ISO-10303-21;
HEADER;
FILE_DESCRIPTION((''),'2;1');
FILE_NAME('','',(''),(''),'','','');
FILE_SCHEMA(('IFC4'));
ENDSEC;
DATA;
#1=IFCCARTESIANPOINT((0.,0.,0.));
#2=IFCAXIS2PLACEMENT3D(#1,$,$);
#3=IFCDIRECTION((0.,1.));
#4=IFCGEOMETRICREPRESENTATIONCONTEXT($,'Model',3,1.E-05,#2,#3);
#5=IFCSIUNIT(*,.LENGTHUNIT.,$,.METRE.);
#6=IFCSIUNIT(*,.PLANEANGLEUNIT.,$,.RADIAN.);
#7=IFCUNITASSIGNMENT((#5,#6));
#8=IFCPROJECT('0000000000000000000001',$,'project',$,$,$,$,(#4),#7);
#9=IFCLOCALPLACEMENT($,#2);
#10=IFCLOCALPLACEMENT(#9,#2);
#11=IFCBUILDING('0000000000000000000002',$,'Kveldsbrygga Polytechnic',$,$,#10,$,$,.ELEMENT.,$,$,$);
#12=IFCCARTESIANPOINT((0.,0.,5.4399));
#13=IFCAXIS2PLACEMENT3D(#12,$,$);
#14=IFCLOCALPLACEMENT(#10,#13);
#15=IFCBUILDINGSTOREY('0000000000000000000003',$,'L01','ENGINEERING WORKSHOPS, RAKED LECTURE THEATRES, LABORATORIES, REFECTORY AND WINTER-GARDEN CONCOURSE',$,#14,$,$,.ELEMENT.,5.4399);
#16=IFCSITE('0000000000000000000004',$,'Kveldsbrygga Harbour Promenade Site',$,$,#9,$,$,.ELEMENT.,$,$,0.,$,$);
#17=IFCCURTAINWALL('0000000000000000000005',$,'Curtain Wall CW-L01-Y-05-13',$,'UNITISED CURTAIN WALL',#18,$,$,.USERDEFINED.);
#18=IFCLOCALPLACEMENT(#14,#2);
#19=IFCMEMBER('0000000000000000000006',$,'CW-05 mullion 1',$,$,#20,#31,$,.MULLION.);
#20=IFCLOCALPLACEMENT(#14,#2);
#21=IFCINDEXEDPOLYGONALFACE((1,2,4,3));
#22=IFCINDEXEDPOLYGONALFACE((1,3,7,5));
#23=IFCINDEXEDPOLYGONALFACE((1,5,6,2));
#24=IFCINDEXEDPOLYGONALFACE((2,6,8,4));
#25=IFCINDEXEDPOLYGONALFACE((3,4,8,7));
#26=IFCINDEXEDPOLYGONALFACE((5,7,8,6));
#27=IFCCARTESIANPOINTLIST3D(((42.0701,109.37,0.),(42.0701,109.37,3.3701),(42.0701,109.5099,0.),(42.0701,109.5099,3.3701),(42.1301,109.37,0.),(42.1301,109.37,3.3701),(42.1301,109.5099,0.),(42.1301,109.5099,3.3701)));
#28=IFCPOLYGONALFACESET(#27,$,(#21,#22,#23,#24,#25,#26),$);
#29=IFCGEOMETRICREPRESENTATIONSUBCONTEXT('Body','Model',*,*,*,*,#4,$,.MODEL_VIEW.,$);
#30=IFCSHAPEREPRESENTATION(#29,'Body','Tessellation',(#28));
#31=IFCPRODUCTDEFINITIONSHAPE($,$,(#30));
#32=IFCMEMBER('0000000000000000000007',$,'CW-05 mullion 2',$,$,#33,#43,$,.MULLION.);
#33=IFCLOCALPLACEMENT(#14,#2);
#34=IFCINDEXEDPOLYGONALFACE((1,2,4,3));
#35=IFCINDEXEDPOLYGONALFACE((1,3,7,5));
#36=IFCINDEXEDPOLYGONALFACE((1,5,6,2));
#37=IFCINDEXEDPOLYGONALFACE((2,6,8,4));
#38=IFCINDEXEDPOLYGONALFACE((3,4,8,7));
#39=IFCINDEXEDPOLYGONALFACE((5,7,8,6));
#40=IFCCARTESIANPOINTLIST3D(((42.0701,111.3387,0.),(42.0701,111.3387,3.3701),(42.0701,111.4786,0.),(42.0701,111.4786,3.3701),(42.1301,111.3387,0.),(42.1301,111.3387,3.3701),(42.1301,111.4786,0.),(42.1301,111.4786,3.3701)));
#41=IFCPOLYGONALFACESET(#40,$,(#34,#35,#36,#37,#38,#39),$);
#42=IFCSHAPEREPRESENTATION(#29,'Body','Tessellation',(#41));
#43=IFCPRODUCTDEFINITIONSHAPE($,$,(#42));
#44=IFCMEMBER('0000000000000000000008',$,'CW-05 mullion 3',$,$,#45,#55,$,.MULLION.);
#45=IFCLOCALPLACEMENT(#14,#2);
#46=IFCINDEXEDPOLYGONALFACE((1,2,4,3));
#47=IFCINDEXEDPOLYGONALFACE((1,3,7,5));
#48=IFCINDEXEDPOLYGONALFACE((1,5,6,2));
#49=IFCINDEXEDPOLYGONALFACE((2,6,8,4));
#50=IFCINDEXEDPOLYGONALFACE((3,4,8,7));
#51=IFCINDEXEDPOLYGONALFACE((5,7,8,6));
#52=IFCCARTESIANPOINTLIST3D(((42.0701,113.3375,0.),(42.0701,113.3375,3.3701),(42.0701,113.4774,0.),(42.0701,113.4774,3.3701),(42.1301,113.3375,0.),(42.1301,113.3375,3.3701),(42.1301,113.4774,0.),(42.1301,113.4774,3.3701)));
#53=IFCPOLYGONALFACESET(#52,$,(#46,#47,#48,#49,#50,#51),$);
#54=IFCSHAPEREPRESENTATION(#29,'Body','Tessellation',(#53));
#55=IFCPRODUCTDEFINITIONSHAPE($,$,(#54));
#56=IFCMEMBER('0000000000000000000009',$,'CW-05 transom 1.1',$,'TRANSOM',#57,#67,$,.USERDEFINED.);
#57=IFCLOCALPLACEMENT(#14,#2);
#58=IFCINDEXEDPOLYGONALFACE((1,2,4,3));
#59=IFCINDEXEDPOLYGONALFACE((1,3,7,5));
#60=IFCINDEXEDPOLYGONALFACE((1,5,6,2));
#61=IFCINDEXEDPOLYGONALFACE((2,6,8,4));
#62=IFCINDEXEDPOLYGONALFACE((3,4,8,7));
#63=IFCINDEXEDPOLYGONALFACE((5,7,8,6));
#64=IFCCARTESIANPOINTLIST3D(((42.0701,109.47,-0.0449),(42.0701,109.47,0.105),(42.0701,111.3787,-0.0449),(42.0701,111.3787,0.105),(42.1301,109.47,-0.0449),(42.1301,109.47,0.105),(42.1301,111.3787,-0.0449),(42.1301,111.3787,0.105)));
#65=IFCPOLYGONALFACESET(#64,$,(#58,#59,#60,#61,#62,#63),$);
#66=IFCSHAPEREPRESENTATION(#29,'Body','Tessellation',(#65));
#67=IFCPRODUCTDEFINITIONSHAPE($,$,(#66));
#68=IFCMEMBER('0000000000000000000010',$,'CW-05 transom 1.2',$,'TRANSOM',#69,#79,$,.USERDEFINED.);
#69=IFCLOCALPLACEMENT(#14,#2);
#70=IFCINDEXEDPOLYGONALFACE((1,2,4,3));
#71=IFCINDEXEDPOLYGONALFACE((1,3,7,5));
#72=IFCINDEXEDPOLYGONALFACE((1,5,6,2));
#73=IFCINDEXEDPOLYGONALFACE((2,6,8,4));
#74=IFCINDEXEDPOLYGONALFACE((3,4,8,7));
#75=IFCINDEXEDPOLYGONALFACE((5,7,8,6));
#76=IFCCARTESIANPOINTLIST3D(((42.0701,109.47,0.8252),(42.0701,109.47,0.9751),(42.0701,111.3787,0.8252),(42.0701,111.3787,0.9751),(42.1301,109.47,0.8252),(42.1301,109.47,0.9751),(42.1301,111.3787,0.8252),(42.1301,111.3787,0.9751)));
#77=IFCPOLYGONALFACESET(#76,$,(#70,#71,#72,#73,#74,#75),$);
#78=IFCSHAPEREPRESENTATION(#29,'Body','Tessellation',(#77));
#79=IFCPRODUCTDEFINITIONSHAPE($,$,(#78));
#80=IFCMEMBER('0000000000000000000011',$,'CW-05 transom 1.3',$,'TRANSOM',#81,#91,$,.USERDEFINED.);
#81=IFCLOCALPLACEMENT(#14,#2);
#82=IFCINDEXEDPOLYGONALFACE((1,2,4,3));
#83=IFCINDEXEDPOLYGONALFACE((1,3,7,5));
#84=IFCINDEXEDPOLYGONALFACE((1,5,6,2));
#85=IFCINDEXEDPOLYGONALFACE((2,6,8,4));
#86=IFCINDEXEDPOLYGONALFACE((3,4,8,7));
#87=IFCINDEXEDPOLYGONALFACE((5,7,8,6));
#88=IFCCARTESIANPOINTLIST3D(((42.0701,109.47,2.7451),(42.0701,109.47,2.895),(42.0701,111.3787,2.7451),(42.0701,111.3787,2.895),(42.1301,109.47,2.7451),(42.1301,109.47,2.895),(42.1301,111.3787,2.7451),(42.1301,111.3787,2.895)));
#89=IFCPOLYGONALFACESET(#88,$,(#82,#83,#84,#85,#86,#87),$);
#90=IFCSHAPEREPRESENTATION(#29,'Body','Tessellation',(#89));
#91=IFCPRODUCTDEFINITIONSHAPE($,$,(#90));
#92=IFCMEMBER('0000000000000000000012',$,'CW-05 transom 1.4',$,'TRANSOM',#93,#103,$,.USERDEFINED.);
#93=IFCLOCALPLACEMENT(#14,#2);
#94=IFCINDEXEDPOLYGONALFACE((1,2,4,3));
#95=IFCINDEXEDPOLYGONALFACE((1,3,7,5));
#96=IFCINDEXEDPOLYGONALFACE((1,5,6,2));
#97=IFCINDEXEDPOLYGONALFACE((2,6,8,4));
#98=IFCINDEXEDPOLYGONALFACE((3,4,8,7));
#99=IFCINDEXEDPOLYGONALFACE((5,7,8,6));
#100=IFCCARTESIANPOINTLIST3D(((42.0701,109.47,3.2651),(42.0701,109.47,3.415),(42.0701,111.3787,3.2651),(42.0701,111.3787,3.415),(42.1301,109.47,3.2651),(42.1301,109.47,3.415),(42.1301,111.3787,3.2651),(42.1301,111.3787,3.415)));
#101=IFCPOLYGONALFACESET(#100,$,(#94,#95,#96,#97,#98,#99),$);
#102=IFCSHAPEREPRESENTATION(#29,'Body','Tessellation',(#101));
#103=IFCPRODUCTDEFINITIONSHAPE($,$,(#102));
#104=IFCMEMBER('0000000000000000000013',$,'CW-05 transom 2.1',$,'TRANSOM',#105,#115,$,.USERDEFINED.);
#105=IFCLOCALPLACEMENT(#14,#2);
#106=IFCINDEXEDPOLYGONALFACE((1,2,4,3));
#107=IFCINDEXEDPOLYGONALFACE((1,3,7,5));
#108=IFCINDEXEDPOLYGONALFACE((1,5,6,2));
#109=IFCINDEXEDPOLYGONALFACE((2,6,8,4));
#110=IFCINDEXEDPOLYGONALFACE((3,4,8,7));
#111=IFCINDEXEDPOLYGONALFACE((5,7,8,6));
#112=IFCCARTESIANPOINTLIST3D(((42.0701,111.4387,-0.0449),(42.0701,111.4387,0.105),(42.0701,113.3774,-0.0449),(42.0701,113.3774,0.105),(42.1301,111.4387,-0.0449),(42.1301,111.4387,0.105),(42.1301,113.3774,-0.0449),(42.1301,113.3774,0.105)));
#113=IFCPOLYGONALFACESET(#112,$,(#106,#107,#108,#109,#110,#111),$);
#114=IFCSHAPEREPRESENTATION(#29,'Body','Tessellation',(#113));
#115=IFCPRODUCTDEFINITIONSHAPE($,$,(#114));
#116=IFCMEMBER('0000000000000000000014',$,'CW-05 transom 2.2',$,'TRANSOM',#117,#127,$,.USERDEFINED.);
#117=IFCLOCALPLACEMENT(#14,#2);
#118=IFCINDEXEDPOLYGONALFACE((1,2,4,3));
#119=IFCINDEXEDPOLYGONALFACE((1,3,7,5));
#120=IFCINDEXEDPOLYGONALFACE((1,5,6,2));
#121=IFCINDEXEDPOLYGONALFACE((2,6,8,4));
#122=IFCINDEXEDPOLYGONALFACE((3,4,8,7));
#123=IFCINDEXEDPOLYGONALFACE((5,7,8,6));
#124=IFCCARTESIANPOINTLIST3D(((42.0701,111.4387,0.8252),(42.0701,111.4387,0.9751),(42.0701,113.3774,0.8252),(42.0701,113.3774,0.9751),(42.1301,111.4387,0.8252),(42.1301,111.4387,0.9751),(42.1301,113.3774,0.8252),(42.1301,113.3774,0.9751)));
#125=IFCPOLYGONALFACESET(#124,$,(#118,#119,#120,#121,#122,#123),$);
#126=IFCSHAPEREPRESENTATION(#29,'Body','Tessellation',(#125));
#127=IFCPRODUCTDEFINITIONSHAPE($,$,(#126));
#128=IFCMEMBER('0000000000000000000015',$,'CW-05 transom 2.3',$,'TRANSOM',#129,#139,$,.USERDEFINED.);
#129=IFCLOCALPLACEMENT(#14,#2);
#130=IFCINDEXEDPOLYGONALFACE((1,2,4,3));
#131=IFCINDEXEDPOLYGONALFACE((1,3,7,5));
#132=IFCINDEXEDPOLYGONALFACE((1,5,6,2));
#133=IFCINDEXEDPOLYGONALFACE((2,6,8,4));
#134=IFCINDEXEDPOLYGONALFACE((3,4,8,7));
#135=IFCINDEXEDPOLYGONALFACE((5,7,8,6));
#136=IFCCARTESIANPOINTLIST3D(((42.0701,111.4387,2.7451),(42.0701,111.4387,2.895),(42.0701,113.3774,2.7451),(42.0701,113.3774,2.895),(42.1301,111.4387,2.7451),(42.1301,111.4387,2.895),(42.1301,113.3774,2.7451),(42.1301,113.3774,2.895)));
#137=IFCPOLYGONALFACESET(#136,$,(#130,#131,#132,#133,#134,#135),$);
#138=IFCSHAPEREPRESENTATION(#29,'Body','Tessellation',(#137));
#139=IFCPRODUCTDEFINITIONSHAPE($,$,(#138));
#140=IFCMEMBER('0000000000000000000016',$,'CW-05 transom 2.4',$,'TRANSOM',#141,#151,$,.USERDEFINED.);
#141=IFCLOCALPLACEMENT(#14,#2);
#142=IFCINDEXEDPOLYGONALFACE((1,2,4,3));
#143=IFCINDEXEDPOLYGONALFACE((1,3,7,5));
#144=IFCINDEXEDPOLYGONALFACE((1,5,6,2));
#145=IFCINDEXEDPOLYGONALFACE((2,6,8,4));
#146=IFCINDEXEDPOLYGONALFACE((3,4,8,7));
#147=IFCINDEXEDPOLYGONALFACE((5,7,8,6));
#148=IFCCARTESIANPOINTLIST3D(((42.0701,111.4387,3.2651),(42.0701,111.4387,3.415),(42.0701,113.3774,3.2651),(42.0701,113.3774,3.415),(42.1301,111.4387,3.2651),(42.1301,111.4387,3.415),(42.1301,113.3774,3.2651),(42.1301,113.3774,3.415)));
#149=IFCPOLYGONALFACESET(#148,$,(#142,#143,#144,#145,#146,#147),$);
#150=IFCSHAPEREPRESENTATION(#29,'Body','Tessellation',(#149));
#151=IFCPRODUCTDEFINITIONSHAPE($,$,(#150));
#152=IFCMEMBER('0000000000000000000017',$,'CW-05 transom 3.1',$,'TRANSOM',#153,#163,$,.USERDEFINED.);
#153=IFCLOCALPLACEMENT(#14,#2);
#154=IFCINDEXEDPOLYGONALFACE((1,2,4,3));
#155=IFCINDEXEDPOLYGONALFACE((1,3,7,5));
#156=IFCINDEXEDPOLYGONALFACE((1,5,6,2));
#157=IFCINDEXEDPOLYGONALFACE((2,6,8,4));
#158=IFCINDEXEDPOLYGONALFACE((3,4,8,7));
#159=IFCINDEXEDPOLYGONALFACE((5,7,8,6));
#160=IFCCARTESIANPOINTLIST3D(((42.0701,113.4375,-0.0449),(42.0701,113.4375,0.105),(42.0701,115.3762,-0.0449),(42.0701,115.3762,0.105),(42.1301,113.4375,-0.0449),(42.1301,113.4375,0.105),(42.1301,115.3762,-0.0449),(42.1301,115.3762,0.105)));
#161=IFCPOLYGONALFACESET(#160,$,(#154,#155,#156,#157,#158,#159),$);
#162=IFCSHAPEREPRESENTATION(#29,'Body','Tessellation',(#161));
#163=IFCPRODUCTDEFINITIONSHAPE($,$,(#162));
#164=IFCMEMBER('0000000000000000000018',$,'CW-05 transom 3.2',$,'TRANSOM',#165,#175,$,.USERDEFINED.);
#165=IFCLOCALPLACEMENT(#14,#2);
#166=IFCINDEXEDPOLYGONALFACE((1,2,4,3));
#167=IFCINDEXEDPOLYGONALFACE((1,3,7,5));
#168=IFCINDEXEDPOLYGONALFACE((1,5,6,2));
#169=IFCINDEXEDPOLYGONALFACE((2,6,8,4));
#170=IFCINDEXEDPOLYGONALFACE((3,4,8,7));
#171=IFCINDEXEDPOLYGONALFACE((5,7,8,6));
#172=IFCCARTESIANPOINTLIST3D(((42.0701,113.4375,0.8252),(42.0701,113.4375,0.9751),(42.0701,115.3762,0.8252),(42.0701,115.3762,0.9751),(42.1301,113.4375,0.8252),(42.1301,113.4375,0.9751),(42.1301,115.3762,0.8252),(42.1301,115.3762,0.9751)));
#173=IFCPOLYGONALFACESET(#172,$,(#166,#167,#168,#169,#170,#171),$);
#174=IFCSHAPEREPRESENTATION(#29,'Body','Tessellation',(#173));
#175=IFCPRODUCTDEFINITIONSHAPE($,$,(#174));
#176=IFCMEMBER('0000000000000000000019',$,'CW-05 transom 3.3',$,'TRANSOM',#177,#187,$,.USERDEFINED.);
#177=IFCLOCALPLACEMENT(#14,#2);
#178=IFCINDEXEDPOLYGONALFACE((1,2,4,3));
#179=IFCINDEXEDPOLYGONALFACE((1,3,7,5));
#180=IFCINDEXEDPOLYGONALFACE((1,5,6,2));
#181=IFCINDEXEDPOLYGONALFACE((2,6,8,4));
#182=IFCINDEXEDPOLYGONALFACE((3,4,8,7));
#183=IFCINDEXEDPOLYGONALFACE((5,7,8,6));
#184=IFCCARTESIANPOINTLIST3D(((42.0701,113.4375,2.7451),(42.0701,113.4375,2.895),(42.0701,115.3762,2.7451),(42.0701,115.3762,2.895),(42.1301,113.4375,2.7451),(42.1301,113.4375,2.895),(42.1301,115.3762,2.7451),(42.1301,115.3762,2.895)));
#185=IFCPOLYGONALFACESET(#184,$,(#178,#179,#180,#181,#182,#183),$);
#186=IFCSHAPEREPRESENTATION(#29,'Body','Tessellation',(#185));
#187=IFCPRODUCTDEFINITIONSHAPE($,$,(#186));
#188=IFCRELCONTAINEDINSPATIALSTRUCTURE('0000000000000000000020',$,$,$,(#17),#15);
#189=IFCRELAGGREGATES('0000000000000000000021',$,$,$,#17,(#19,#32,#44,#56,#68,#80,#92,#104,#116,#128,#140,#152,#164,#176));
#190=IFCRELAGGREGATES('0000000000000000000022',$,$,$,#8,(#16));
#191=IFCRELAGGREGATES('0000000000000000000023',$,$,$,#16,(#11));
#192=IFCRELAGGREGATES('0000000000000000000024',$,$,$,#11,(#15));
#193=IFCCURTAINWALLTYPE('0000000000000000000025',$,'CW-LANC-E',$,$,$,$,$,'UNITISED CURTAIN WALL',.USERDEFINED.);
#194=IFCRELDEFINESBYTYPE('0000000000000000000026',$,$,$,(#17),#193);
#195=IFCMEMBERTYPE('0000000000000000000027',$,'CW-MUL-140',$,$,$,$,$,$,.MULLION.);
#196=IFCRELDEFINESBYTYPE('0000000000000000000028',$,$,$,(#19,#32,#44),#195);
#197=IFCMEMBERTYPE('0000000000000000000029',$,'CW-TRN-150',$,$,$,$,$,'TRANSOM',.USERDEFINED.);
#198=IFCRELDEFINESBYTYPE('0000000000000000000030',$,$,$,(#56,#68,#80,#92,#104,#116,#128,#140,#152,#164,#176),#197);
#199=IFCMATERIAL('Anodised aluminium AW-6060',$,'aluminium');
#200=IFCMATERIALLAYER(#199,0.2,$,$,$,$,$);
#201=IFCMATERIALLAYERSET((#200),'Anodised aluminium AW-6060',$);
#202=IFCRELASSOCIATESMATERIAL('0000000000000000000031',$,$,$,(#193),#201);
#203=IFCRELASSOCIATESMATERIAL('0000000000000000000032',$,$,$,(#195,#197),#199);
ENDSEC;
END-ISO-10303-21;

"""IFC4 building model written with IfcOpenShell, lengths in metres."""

from ifc_helpers import new_model, si_unit, direction, frame, origin, origin_2d, place, context, subcontext, project, spatial, rectangle, extrude, material, layer, layer_set, material_profile, profile_set, type_object, element, aggregate, save


model = new_model("IFC4")

# Units and contexts
model_context = context("Model", 3, precision=1e-05, world=origin(), true_north=direction((0.0, 1.0)))
body_context = subcontext(model_context, "Body", "Model", "MODEL_VIEW")
ifc_project = project(units=[si_unit("LENGTHUNIT", "METRE"), si_unit("PLANEANGLEUNIT", "RADIAN")], contexts=[model_context])

# Site, building, storey
site_placement = place(None, origin())
site = spatial("IfcSite", under=ifc_project, at=site_placement, Name="Kveldsbrygga Harbour Promenade Site", CompositionType="ELEMENT", RefElevation=0.0)
building_placement = place(site_placement, origin())
building = spatial("IfcBuilding", under=site, at=building_placement, Name="Kveldsbrygga Polytechnic", CompositionType="ELEMENT")
storey_placement = place(building_placement, frame((0.0, 0.0, 5.4399)))
storey = spatial("IfcBuildingStorey", under=building, at=storey_placement, Name="L01", Description="ENGINEERING WORKSHOPS, RAKED LECTURE THEATRES, LABORATORIES, REFECTORY AND WINTER-GARDEN CONCOURSE", CompositionType="ELEMENT", Elevation=5.4399)

# Curtain wall, members
ifc_material_1 = material(Name="Anodised aluminium AW-6060", Category="aluminium")
ifc_layer_1 = layer(ifc_material_1, 0.2)
ifc_layer_set_1 = layer_set([ifc_layer_1], Name="Anodised aluminium AW-6060")
curtain_wall_type = type_object("IfcCurtainWallType", Name="CW-LANC-E", ElementType="UNITISED CURTAIN WALL", PredefinedType="USERDEFINED", material=ifc_layer_set_1)
curtain_wall_placement = place(storey_placement, origin())
curtain_wall = element("IfcCurtainWall", 1, at=curtain_wall_placement, inside=storey, type_object=curtain_wall_type, Name="Curtain Wall CW-L01-Y-05-13", ObjectType="UNITISED CURTAIN WALL", PredefinedType="USERDEFINED")
ifc_material_profile_1 = material_profile(ifc_material_1, rectangle(XDim=0.0601, YDim=0.1399, at=origin_2d()), Name="ALU 60x140")
ifc_profile_set_1 = profile_set([ifc_material_profile_1], Name="Anodised aluminium AW-6060")
member_type_1 = type_object("IfcMemberType", Name="CW-MUL-140", PredefinedType="MULLION", material=ifc_profile_set_1)
member_1_placement = place(storey_placement, frame((42.1001, 109.4399, 0.0), z_axis=(0.0, 0.0, 1.0), x_axis=(-1.0, 0.0, 0.0)))
member_1 = element("IfcMember", 2, at=member_1_placement, type_object=member_type_1, Name="CW-05 mullion 1", PredefinedType="MULLION", context=body_context, shape_type="SweptSolid", body=[
    extrude(rectangle(XDim=0.0601, YDim=0.1399, at=origin_2d()), origin(), (0.0, 0.0, 1.0), 3.3701),
])
member_2_placement = place(storey_placement, frame((42.1001, 111.4087, 0.0), z_axis=(0.0, 0.0, 1.0), x_axis=(-1.0, 0.0, 0.0)))
member_2 = element("IfcMember", 3, at=member_2_placement, type_object=member_type_1, Name="CW-05 mullion 2", PredefinedType="MULLION", context=body_context, shape_type="SweptSolid", body=[
    extrude(rectangle(XDim=0.0601, YDim=0.1399, at=origin_2d()), origin(), (0.0, 0.0, 1.0), 3.3701),
])
member_3_placement = place(storey_placement, frame((42.1001, 113.4075, 0.0), z_axis=(0.0, 0.0, 1.0), x_axis=(-1.0, 0.0, 0.0)))
member_3 = element("IfcMember", 4, at=member_3_placement, type_object=member_type_1, Name="CW-05 mullion 3", PredefinedType="MULLION", context=body_context, shape_type="SweptSolid", body=[
    extrude(rectangle(XDim=0.0601, YDim=0.1399, at=origin_2d()), origin(), (0.0, 0.0, 1.0), 3.3701),
])
ifc_material_profile_2 = material_profile(ifc_material_1, rectangle(XDim=0.0601, YDim=0.1499, at=origin_2d()), Name="ALU 60x150")
ifc_profile_set_2 = profile_set([ifc_material_profile_2], Name="Anodised aluminium AW-6060")
member_type_2 = type_object("IfcMemberType", Name="CW-TRN-150", ElementType="TRANSOM", PredefinedType="USERDEFINED", material=ifc_profile_set_2)
member_4_placement = place(storey_placement, frame((42.1001, 109.47, 0.03), z_axis=(0.0, 1.0, 0.0), x_axis=(-1.0, 0.0, 0.0)))
member_4 = element("IfcMember", 5, at=member_4_placement, type_object=member_type_2, Name="CW-05 transom 1.1", ObjectType="TRANSOM", PredefinedType="USERDEFINED", context=body_context, shape_type="SweptSolid", body=[
    extrude(rectangle(XDim=0.0601, YDim=0.1499, at=origin_2d()), origin(), (0.0, 0.0, 1.0), 1.9087),
])
member_5_placement = place(storey_placement, frame((42.1001, 109.47, 0.9001), z_axis=(0.0, 1.0, 0.0), x_axis=(-1.0, 0.0, 0.0)))
member_5 = element("IfcMember", 6, at=member_5_placement, type_object=member_type_2, Name="CW-05 transom 1.2", ObjectType="TRANSOM", PredefinedType="USERDEFINED", context=body_context, shape_type="SweptSolid", body=[
    extrude(rectangle(XDim=0.0601, YDim=0.1499, at=origin_2d()), origin(), (0.0, 0.0, 1.0), 1.9087),
])
member_6_placement = place(storey_placement, frame((42.1001, 109.47, 2.8201), z_axis=(0.0, 1.0, 0.0), x_axis=(-1.0, 0.0, 0.0)))
member_6 = element("IfcMember", 7, at=member_6_placement, type_object=member_type_2, Name="CW-05 transom 1.3", ObjectType="TRANSOM", PredefinedType="USERDEFINED", context=body_context, shape_type="SweptSolid", body=[
    extrude(rectangle(XDim=0.0601, YDim=0.1499, at=origin_2d()), origin(), (0.0, 0.0, 1.0), 1.9087),
])
member_7_placement = place(storey_placement, frame((42.1001, 109.47, 3.3401), z_axis=(0.0, 1.0, 0.0), x_axis=(-1.0, 0.0, 0.0)))
member_7 = element("IfcMember", 8, at=member_7_placement, type_object=member_type_2, Name="CW-05 transom 1.4", ObjectType="TRANSOM", PredefinedType="USERDEFINED", context=body_context, shape_type="SweptSolid", body=[
    extrude(rectangle(XDim=0.0601, YDim=0.1499, at=origin_2d()), origin(), (0.0, 0.0, 1.0), 1.9087),
])
member_8_placement = place(storey_placement, frame((42.1001, 111.4387, 0.03), z_axis=(0.0, 1.0, 0.0), x_axis=(-1.0, 0.0, 0.0)))
member_8 = element("IfcMember", 9, at=member_8_placement, type_object=member_type_2, Name="CW-05 transom 2.1", ObjectType="TRANSOM", PredefinedType="USERDEFINED", context=body_context, shape_type="SweptSolid", body=[
    extrude(rectangle(XDim=0.0601, YDim=0.1499, at=origin_2d()), origin(), (0.0, 0.0, 1.0), 1.9387),
])
member_9_placement = place(storey_placement, frame((42.1001, 111.4387, 0.9001), z_axis=(0.0, 1.0, 0.0), x_axis=(-1.0, 0.0, 0.0)))
member_9 = element("IfcMember", 10, at=member_9_placement, type_object=member_type_2, Name="CW-05 transom 2.2", ObjectType="TRANSOM", PredefinedType="USERDEFINED", context=body_context, shape_type="SweptSolid", body=[
    extrude(rectangle(XDim=0.0601, YDim=0.1499, at=origin_2d()), origin(), (0.0, 0.0, 1.0), 1.9387),
])
member_10_placement = place(storey_placement, frame((42.1001, 111.4387, 2.8201), z_axis=(0.0, 1.0, 0.0), x_axis=(-1.0, 0.0, 0.0)))
member_10 = element("IfcMember", 11, at=member_10_placement, type_object=member_type_2, Name="CW-05 transom 2.3", ObjectType="TRANSOM", PredefinedType="USERDEFINED", context=body_context, shape_type="SweptSolid", body=[
    extrude(rectangle(XDim=0.0601, YDim=0.1499, at=origin_2d()), origin(), (0.0, 0.0, 1.0), 1.9387),
])
member_11_placement = place(storey_placement, frame((42.1001, 111.4387, 3.3401), z_axis=(0.0, 1.0, 0.0), x_axis=(-1.0, 0.0, 0.0)))
member_11 = element("IfcMember", 12, at=member_11_placement, type_object=member_type_2, Name="CW-05 transom 2.4", ObjectType="TRANSOM", PredefinedType="USERDEFINED", context=body_context, shape_type="SweptSolid", body=[
    extrude(rectangle(XDim=0.0601, YDim=0.1499, at=origin_2d()), origin(), (0.0, 0.0, 1.0), 1.9387),
])
member_12_placement = place(storey_placement, frame((42.1001, 113.4375, 0.03), z_axis=(0.0, 1.0, 0.0), x_axis=(-1.0, 0.0, 0.0)))
member_12 = element("IfcMember", 13, at=member_12_placement, type_object=member_type_2, Name="CW-05 transom 3.1", ObjectType="TRANSOM", PredefinedType="USERDEFINED", context=body_context, shape_type="SweptSolid", body=[
    extrude(rectangle(XDim=0.0601, YDim=0.1499, at=origin_2d()), origin(), (0.0, 0.0, 1.0), 1.9387),
])
member_13_placement = place(storey_placement, frame((42.1001, 113.4375, 0.9001), z_axis=(0.0, 1.0, 0.0), x_axis=(-1.0, 0.0, 0.0)))
member_13 = element("IfcMember", 14, at=member_13_placement, type_object=member_type_2, Name="CW-05 transom 3.2", ObjectType="TRANSOM", PredefinedType="USERDEFINED", context=body_context, shape_type="SweptSolid", body=[
    extrude(rectangle(XDim=0.0601, YDim=0.1499, at=origin_2d()), origin(), (0.0, 0.0, 1.0), 1.9387),
])
member_14_placement = place(storey_placement, frame((42.1001, 113.4375, 2.8201), z_axis=(0.0, 1.0, 0.0), x_axis=(-1.0, 0.0, 0.0)))
member_14 = element("IfcMember", 15, at=member_14_placement, type_object=member_type_2, Name="CW-05 transom 3.3", ObjectType="TRANSOM", PredefinedType="USERDEFINED", context=body_context, shape_type="SweptSolid", body=[
    extrude(rectangle(XDim=0.0601, YDim=0.1499, at=origin_2d()), origin(), (0.0, 0.0, 1.0), 1.9387),
])
aggregate(curtain_wall, [member_1, member_2, member_3, member_4, member_5, member_6, member_7, member_8, member_9, member_10, member_11, member_12, member_13, member_14])

save(model, "model.ifc")
